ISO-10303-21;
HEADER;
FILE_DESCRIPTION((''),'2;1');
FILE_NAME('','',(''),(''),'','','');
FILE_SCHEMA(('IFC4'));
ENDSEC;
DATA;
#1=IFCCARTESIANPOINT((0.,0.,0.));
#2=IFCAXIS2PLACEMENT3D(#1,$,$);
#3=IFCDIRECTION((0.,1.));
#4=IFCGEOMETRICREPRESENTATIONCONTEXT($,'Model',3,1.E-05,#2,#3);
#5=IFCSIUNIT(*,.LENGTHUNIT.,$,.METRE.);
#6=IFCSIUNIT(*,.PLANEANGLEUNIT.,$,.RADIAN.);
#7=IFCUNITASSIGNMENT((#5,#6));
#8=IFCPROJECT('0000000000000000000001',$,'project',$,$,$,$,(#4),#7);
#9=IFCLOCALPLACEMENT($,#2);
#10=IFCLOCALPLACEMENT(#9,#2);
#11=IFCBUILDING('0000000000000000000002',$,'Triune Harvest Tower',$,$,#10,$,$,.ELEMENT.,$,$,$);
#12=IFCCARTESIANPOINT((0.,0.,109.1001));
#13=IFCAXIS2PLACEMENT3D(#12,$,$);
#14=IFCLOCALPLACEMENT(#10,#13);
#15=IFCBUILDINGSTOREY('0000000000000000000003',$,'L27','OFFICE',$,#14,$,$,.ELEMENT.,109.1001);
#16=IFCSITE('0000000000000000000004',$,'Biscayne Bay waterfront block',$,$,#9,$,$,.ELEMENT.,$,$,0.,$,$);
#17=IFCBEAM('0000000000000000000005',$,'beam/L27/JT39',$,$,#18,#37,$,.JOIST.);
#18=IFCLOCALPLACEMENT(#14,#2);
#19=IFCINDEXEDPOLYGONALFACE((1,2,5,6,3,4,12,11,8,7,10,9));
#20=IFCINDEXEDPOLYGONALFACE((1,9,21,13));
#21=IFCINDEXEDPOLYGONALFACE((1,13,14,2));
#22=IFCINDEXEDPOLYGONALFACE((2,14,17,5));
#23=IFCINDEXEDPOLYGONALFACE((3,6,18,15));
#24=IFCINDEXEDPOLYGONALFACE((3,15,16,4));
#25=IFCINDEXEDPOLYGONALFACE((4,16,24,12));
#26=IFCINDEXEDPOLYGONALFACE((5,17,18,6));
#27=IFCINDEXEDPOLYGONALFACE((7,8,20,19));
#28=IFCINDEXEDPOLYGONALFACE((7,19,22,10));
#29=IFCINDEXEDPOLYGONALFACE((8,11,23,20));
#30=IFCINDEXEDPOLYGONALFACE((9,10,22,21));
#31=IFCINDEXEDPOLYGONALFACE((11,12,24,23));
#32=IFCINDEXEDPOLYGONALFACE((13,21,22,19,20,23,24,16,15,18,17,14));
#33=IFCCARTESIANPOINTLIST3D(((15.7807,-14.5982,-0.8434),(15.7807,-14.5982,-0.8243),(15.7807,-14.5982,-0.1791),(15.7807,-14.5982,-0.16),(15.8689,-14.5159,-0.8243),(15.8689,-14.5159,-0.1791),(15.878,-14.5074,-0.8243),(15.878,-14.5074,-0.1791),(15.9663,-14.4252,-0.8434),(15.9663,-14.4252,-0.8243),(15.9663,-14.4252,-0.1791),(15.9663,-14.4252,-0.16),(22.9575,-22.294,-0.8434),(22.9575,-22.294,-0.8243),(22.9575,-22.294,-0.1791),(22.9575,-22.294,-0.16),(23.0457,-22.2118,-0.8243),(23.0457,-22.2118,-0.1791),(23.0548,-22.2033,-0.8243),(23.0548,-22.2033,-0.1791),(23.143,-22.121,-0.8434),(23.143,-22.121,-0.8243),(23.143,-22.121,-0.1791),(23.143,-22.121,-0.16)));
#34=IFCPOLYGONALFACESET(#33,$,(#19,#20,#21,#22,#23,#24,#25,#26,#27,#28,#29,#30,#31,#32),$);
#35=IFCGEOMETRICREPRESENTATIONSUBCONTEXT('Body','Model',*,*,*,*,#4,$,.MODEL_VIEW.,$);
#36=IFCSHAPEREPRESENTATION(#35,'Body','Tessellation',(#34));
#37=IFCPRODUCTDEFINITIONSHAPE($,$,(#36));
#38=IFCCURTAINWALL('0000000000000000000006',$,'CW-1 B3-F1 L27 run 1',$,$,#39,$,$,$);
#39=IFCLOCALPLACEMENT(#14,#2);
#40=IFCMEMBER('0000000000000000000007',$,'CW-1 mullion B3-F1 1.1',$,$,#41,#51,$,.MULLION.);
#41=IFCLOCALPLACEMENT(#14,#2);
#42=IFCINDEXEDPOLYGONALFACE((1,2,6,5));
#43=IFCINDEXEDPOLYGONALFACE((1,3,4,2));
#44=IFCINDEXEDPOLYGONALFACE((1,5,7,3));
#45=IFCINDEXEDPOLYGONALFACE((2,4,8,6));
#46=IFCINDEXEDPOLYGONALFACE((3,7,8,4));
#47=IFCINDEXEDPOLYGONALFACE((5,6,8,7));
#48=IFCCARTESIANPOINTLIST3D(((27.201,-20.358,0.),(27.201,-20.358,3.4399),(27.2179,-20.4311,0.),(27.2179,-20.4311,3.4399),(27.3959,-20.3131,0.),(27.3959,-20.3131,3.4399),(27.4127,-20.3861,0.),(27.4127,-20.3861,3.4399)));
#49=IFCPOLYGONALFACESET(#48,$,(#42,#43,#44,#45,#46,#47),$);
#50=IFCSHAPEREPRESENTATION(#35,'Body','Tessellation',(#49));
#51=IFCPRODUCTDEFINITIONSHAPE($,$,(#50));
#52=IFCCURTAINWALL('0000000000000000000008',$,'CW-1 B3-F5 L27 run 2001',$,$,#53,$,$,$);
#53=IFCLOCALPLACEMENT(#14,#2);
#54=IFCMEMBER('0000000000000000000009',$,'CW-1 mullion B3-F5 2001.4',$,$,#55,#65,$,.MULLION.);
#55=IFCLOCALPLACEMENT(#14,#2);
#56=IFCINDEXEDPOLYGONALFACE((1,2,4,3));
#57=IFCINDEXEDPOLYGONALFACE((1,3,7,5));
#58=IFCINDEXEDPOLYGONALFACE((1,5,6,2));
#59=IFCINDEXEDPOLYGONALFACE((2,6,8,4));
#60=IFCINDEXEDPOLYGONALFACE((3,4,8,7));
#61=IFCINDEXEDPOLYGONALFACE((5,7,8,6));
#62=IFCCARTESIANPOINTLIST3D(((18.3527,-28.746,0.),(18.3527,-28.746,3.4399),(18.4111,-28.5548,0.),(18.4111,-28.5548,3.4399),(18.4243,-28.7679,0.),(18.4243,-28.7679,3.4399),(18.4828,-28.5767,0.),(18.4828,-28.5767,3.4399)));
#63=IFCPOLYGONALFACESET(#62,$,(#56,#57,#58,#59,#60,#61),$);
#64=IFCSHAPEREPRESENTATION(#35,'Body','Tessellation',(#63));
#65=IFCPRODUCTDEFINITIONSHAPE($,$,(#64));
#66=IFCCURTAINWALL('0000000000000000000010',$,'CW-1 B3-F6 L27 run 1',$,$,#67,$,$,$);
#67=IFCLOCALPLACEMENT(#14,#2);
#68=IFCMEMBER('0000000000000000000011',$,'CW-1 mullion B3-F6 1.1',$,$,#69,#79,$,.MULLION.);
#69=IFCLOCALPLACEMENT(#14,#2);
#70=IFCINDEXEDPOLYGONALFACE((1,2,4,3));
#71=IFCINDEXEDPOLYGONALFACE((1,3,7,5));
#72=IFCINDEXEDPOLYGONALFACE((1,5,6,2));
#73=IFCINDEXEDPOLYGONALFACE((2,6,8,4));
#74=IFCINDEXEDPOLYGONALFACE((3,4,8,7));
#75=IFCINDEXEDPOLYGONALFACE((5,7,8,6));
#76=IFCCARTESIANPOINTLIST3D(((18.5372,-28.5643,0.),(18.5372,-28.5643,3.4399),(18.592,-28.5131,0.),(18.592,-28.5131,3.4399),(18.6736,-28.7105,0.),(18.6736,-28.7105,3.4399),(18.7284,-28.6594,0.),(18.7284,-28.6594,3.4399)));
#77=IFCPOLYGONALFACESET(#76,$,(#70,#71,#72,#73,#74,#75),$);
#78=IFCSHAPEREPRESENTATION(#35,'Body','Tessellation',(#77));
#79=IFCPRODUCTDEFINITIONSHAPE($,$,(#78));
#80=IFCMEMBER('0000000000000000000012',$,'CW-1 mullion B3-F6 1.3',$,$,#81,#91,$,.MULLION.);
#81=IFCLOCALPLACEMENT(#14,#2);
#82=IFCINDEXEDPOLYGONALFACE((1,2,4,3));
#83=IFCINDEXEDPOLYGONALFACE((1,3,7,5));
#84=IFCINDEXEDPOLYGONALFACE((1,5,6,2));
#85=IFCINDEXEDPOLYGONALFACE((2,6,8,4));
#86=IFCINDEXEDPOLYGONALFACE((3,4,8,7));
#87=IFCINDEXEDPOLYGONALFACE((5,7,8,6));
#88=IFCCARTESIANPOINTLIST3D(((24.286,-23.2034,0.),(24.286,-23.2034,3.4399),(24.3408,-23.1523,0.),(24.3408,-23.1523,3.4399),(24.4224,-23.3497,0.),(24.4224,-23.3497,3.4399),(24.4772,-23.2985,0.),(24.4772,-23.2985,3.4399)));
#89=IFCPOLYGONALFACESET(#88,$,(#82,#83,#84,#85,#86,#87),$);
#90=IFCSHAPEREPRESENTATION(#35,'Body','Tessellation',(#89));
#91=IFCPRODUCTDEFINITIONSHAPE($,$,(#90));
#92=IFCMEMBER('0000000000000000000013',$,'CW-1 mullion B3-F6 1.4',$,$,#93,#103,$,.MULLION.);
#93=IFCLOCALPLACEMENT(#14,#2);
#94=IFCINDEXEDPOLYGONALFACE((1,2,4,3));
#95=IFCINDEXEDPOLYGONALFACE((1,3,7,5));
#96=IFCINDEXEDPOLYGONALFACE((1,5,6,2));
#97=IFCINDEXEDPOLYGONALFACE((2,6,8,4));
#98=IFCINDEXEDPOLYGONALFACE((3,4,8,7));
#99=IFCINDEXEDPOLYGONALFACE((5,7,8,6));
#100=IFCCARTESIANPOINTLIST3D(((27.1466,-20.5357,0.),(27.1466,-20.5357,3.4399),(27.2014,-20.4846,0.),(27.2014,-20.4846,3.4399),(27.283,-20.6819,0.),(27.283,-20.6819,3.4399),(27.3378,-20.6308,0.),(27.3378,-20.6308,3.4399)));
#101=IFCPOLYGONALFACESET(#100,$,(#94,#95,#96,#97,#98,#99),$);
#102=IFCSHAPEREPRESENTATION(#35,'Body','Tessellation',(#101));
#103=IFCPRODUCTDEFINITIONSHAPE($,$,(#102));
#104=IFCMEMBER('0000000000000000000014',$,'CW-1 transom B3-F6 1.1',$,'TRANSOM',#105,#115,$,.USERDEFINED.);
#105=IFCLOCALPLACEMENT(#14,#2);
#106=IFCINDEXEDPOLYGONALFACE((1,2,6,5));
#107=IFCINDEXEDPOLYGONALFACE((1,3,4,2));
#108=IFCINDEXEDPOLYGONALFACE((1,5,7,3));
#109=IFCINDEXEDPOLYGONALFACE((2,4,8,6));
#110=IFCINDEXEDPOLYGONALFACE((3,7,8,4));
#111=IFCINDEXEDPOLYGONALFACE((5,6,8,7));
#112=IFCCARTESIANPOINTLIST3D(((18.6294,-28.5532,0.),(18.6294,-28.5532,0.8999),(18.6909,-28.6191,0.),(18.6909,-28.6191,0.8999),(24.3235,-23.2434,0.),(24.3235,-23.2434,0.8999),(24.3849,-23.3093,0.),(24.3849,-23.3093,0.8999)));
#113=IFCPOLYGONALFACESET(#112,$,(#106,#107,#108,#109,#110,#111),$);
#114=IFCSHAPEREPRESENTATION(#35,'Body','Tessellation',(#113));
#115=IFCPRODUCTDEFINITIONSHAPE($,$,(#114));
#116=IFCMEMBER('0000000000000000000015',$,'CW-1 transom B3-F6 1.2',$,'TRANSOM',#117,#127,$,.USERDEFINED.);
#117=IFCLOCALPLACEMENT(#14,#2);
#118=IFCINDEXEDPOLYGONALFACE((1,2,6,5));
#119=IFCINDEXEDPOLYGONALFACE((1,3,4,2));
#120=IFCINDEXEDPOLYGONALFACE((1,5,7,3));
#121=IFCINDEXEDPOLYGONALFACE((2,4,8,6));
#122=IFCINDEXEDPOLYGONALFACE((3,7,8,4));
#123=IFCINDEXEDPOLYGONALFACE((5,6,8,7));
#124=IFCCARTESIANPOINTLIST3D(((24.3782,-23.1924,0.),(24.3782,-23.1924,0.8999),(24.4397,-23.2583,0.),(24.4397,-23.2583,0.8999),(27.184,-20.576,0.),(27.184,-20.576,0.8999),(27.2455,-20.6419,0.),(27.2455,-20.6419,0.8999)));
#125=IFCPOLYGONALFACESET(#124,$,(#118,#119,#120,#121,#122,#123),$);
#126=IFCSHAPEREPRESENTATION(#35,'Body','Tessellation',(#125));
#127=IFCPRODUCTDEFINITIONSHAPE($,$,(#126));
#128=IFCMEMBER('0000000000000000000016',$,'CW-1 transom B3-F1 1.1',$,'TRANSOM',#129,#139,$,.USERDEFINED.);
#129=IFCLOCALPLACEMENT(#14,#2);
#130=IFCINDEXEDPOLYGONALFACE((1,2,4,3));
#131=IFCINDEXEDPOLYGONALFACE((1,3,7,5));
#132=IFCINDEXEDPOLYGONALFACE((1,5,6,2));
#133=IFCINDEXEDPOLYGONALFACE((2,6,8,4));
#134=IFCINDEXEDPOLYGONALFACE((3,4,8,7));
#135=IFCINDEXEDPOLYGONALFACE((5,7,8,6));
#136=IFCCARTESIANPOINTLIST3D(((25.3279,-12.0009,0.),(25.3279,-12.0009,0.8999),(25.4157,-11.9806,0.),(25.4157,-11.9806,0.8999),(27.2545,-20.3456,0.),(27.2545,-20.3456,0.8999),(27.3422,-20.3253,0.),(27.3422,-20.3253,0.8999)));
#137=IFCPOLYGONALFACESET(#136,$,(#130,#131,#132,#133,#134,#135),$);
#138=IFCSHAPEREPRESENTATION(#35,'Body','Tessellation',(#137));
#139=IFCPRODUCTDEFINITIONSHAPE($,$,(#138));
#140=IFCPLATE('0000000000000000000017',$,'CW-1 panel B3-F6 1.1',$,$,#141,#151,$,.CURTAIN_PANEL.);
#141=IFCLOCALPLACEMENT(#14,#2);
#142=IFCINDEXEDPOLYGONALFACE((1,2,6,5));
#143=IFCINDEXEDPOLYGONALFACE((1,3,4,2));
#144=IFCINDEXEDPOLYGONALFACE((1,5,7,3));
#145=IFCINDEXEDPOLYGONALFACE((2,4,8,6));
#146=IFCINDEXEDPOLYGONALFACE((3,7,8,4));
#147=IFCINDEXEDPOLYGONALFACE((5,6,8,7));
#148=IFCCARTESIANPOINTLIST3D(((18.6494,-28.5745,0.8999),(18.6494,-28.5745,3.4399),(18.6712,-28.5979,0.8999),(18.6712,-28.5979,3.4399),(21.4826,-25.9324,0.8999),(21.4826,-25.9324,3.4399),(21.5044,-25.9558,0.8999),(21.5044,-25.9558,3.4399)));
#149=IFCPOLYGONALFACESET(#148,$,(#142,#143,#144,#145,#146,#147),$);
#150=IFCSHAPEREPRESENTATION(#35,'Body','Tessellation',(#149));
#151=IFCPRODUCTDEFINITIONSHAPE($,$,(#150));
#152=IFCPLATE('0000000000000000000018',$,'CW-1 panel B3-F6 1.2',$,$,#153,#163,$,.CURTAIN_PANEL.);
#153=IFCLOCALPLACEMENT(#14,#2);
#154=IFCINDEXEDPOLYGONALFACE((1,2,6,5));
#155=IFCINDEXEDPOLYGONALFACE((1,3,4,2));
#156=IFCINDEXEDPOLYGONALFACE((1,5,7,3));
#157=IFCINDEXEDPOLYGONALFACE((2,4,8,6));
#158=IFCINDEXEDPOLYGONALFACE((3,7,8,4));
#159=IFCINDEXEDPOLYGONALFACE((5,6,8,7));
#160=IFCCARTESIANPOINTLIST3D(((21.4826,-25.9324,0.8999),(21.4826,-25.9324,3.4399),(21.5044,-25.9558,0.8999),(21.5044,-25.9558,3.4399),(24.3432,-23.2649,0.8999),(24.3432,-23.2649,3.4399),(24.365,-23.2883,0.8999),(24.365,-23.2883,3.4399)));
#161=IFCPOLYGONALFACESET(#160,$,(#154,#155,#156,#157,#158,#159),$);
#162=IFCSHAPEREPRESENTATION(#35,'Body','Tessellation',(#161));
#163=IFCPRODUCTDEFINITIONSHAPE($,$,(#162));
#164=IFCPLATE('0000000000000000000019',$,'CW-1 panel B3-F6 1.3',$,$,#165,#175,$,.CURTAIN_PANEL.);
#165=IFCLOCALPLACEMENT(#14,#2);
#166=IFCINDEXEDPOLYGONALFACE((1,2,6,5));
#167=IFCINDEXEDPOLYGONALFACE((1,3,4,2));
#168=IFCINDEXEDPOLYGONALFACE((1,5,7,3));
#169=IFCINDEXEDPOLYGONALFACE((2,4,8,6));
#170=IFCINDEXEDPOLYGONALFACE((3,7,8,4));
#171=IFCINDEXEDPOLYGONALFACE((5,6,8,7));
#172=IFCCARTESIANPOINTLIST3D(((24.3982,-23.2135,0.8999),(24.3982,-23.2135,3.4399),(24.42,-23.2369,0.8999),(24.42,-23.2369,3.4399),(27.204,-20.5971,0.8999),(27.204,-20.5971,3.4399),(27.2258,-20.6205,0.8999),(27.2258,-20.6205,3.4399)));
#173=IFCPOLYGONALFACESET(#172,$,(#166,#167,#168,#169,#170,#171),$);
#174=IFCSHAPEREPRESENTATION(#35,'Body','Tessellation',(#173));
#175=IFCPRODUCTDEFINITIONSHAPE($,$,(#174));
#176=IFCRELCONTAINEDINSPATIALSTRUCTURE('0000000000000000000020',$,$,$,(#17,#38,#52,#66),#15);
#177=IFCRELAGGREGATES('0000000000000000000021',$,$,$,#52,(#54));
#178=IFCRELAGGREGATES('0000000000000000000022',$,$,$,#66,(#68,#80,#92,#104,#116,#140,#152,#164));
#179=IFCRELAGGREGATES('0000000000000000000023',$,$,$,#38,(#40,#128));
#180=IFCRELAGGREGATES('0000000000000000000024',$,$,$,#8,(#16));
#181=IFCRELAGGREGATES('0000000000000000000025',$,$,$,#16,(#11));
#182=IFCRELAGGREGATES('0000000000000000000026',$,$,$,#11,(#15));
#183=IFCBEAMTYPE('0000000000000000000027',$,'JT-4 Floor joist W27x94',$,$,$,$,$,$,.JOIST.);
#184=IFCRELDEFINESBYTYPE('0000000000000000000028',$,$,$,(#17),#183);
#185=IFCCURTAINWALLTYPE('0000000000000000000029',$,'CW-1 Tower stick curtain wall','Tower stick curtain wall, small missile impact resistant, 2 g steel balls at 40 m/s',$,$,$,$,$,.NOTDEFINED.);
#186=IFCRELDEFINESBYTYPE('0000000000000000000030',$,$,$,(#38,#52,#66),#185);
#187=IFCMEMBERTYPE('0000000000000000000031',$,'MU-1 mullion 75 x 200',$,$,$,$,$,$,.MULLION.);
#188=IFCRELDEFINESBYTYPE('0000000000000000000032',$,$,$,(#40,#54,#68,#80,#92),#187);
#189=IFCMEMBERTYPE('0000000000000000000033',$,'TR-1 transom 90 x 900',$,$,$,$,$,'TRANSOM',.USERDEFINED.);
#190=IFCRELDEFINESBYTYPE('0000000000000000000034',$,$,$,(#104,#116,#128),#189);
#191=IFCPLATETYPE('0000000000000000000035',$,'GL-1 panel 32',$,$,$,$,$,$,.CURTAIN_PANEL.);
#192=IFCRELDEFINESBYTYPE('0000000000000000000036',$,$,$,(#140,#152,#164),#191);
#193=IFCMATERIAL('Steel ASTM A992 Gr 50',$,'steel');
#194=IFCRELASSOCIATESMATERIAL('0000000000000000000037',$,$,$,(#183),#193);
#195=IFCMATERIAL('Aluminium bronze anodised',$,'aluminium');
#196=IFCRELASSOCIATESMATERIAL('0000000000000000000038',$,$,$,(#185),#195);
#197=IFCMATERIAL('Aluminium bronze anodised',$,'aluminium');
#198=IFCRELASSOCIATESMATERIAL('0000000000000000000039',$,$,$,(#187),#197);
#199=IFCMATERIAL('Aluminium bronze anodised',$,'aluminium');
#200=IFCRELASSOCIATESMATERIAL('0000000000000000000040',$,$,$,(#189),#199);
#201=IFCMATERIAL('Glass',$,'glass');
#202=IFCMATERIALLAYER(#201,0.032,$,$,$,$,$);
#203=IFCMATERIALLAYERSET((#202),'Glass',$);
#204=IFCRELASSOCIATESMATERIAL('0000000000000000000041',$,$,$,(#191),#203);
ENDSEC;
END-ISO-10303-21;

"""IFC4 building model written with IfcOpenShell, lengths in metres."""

from ifc_helpers import new_model, si_unit, direction, frame, origin, origin_2d, place, context, subcontext, project, spatial, rectangle, i_section, extrude, source, transform, mapped, material, layer, layer_set, material_profile, profile_set, type_object, element, aggregate, save


model = new_model("IFC4")

# Units and contexts
model_context = context("Model", 3, precision=1e-05, world=origin(), true_north=direction((0.0, 1.0)))
body_context = subcontext(model_context, "Body", "Model", "MODEL_VIEW")
ifc_project = project(units=[si_unit("LENGTHUNIT", "METRE"), si_unit("PLANEANGLEUNIT", "RADIAN")], contexts=[model_context])

# Site, building, storey
site_placement = place(None, origin())
site = spatial("IfcSite", under=ifc_project, at=site_placement, Name="Biscayne Bay waterfront block", CompositionType="ELEMENT", RefElevation=0.0)
building_placement = place(site_placement, origin())
building = spatial("IfcBuilding", under=site, at=building_placement, Name="Triune Harvest Tower", CompositionType="ELEMENT")
storey_placement = place(building_placement, frame((0.0, 0.0, 109.1001)))
storey = spatial("IfcBuildingStorey", under=building, at=storey_placement, Name="L27", Description="OFFICE", CompositionType="ELEMENT", Elevation=109.1001)

# Beam
ifc_material_1 = material(Name="Steel ASTM A992 Gr 50", Category="steel")
ifc_material_profile_1 = material_profile(ifc_material_1, i_section(OverallWidth=0.2537, OverallDepth=0.6833, WebThickness=0.0125, FlangeThickness=0.019, at=origin_2d()), Name="W27x94")
ifc_profile_set_1 = profile_set([ifc_material_profile_1], Name="Steel ASTM A992 Gr 50")
beam_type_1 = type_object("IfcBeamType", Name="JT-4 Floor joist W27x94", PredefinedType="JOIST", material=ifc_profile_set_1)
shared_shape_1 = source(origin(), body_context, "Body", "SweptSolid", [
    extrude(i_section(OverallWidth=0.2537, OverallDepth=0.6833, WebThickness=0.0125, FlangeThickness=0.019, at=origin_2d()), origin(), (0.0, 0.0, 1.0), 10.5229),
])
beam_1_placement = place(storey_placement, frame((23.0503, -22.2075, -0.5017), z_axis=(-0.682014, 0.731339, 0.0), x_axis=(-0.731339, -0.682014, 0.0)))
element("IfcBeam", 1, at=beam_1_placement, inside=storey, type_object=beam_type_1, Name="beam/L27/JT39", PredefinedType="JOIST", context=body_context, shape_type="MappedRepresentation", body=[
    mapped(shared_shape_1, transform((0.0, 0.0, 0.0), scale=1.0)),
])

# Curtain walls, members
ifc_material_2 = material(Name="Aluminium bronze anodised", Category="aluminium")
curtain_wall_type = type_object("IfcCurtainWallType", Name="CW-1 Tower stick curtain wall", Description="Tower stick curtain wall, small missile impact resistant, 2 g steel balls at 40 m/s", PredefinedType="NOTDEFINED", material=ifc_material_2)
curtain_wall_1_placement = place(storey_placement, origin())
curtain_wall_1 = element("IfcCurtainWall", 2, at=curtain_wall_1_placement, inside=storey, type_object=curtain_wall_type, Name="CW-1 B3-F1 L27 run 1")
ifc_material_3 = material(Name="Aluminium bronze anodised", Category="aluminium")
ifc_material_profile_2 = material_profile(ifc_material_3, rectangle(XDim=0.2, YDim=0.075, at=origin_2d()), Name="MU-1 mullion 75 x 200")
ifc_profile_set_2 = profile_set([ifc_material_profile_2], Name="Aluminium bronze anodised")
member_type_1 = type_object("IfcMemberType", Name="MU-1 mullion 75 x 200", PredefinedType="MULLION", material=ifc_profile_set_2)
shared_shape_2 = source(origin(), body_context, "Body", "SweptSolid", [
    extrude(rectangle(XDim=0.2, YDim=0.075, at=origin_2d()), origin(), (0.0, 0.0, 1.0), 3.4399),
])
member_1_placement = place(storey_placement, frame((27.3069, -20.3721, 0.0), z_axis=(0.0, 0.0, 1.0), x_axis=(-0.97437, -0.224951, 0.0)))
member_1 = element("IfcMember", 3, at=member_1_placement, type_object=member_type_1, Name="CW-1 mullion B3-F1 1.1", PredefinedType="MULLION", context=body_context, shape_type="MappedRepresentation", body=[
    mapped(shared_shape_2, transform((0.0, 0.0, 0.0), scale=1.0)),
])
curtain_wall_2_placement = place(storey_placement, origin())
curtain_wall_2 = element("IfcCurtainWall", 4, at=curtain_wall_2_placement, inside=storey, type_object=curtain_wall_type, Name="CW-1 B3-F5 L27 run 2001")
member_2_placement = place(storey_placement, frame((18.4177, -28.6614, 0.0), z_axis=(0.0, 0.0, 1.0), x_axis=(0.292374, 0.956304, 0.0)))
member_2 = element("IfcMember", 5, at=member_2_placement, type_object=member_type_1, Name="CW-1 mullion B3-F5 2001.4", PredefinedType="MULLION", context=body_context, shape_type="MappedRepresentation", body=[
    mapped(shared_shape_2, transform((0.0, 0.0, 0.0), scale=1.0)),
])
aggregate(curtain_wall_2, [member_2])

# Curtain wall, members
curtain_wall_3_placement = place(storey_placement, origin())
curtain_wall_3 = element("IfcCurtainWall", 6, at=curtain_wall_3_placement, inside=storey, type_object=curtain_wall_type, Name="CW-1 B3-F6 L27 run 1")
member_3_placement = place(storey_placement, frame((18.6328, -28.6118, 0.0), z_axis=(0.0, 0.0, 1.0), x_axis=(-0.682002, 0.73135, 0.0)))
member_3 = element("IfcMember", 7, at=member_3_placement, type_object=member_type_1, Name="CW-1 mullion B3-F6 1.1", PredefinedType="MULLION", context=body_context, shape_type="MappedRepresentation", body=[
    mapped(shared_shape_2, transform((0.0, 0.0, 0.0), scale=1.0)),
])
member_4_placement = place(storey_placement, frame((24.3816, -23.251, 0.0), z_axis=(0.0, 0.0, 1.0), x_axis=(-0.682002, 0.73135, 0.0)))
member_4 = element("IfcMember", 8, at=member_4_placement, type_object=member_type_1, Name="CW-1 mullion B3-F6 1.3", PredefinedType="MULLION", context=body_context, shape_type="MappedRepresentation", body=[
    mapped(shared_shape_2, transform((0.0, 0.0, 0.0), scale=1.0)),
])
member_5_placement = place(storey_placement, frame((27.2422, -20.5833, 0.0), z_axis=(0.0, 0.0, 1.0), x_axis=(-0.682002, 0.73135, 0.0)))
member_5 = element("IfcMember", 9, at=member_5_placement, type_object=member_type_1, Name="CW-1 mullion B3-F6 1.4", PredefinedType="MULLION", context=body_context, shape_type="MappedRepresentation", body=[
    mapped(shared_shape_2, transform((0.0, 0.0, 0.0), scale=1.0)),
])
ifc_material_4 = material(Name="Aluminium bronze anodised", Category="aluminium")
ifc_material_profile_3 = material_profile(ifc_material_4, rectangle(XDim=0.0901, YDim=0.8999, at=origin_2d()), Name="TR-1 transom 90 x 900")
ifc_profile_set_3 = profile_set([ifc_material_profile_3], Name="Aluminium bronze anodised")
member_type_2 = type_object("IfcMemberType", Name="TR-1 transom 90 x 900", ElementType="TRANSOM", PredefinedType="USERDEFINED", material=ifc_profile_set_3)
shared_shape_3 = source(origin(), body_context, "Body", "SweptSolid", [
    extrude(rectangle(XDim=0.0901, YDim=0.8999, at=origin_2d()), origin(), (0.0, 0.0, 1.0), 7.7856),
])
member_6_placement = place(storey_placement, frame((18.6602, -28.5862, 0.45), z_axis=(0.731354, 0.681998, 0.0), x_axis=(-0.681998, 0.731354, 0.0)))
member_6 = element("IfcMember", 10, at=member_6_placement, type_object=member_type_2, Name="CW-1 transom B3-F6 1.1", ObjectType="TRANSOM", PredefinedType="USERDEFINED", context=body_context, shape_type="MappedRepresentation", body=[
    mapped(shared_shape_3, transform((0.0, 0.0, 0.0), scale=1.0)),
])
shared_shape_4 = source(origin(), body_context, "Body", "SweptSolid", [
    extrude(rectangle(XDim=0.0901, YDim=0.8999, at=origin_2d()), origin(), (0.0, 0.0, 1.0), 3.8364),
])
member_7_placement = place(storey_placement, frame((24.4089, -23.2253, 0.45), z_axis=(0.731366, 0.681985, 0.0), x_axis=(-0.681985, 0.731366, 0.0)))
member_7 = element("IfcMember", 11, at=member_7_placement, type_object=member_type_2, Name="CW-1 transom B3-F6 1.2", ObjectType="TRANSOM", PredefinedType="USERDEFINED", context=body_context, shape_type="MappedRepresentation", body=[
    mapped(shared_shape_4, transform((0.0, 0.0, 0.0), scale=1.0)),
])

# Member
shared_shape_5 = source(origin(), body_context, "Body", "SweptSolid", [
    extrude(rectangle(XDim=0.0901, YDim=0.8999, at=origin_2d()), origin(), (0.0, 0.0, 1.0), 8.5642),
])
member_8_placement = place(storey_placement, frame((27.2983, -20.3354, 0.45), z_axis=(-0.224949, 0.974371, 0.0), x_axis=(-0.974371, -0.224949, 0.0)))
member_8 = element("IfcMember", 12, at=member_8_placement, type_object=member_type_2, Name="CW-1 transom B3-F1 1.1", ObjectType="TRANSOM", PredefinedType="USERDEFINED", context=body_context, shape_type="MappedRepresentation", body=[
    mapped(shared_shape_5, transform((0.0, 0.0, 0.0), scale=1.0)),
])

# Plates
ifc_material_5 = material(Name="Glass", Category="glass")
ifc_layer_1 = layer(ifc_material_5, 0.032)
ifc_layer_set_1 = layer_set([ifc_layer_1], Name="Glass")
plate_type = type_object("IfcPlateType", Name="GL-1 panel 32", PredefinedType="CURTAIN_PANEL", material=ifc_layer_set_1)
shared_shape_6 = source(origin(), body_context, "Body", "SweptSolid", [
    extrude(rectangle(XDim=3.874, YDim=0.032, at=origin_2d()), origin(), (0.0, 0.0, 1.0), 2.54),
])
plate_1_placement = place(storey_placement, frame((20.0769, -27.2651, 0.8999), z_axis=(0.0, 0.0, 1.0), x_axis=(0.73135, 0.682002, 0.0)))
plate_1 = element("IfcPlate", 13, at=plate_1_placement, type_object=plate_type, Name="CW-1 panel B3-F6 1.1", PredefinedType="CURTAIN_PANEL", context=body_context, shape_type="MappedRepresentation", body=[
    mapped(shared_shape_6, transform((0.0, 0.0, 0.0), scale=1.0)),
])
shared_shape_7 = source(origin(), body_context, "Body", "SweptSolid", [
    extrude(rectangle(XDim=3.9114, YDim=0.032, at=origin_2d()), origin(), (0.0, 0.0, 1.0), 2.54),
])
plate_2_placement = place(storey_placement, frame((22.9238, -24.6104, 0.8999), z_axis=(0.0, 0.0, 1.0), x_axis=(0.73135, 0.682002, 0.0)))
plate_2 = element("IfcPlate", 14, at=plate_2_placement, type_object=plate_type, Name="CW-1 panel B3-F6 1.2", PredefinedType="CURTAIN_PANEL", context=body_context, shape_type="MappedRepresentation", body=[
    mapped(shared_shape_7, transform((0.0, 0.0, 0.0), scale=1.0)),
])
shared_shape_8 = source(origin(), body_context, "Body", "SweptSolid", [
    extrude(rectangle(XDim=3.8364, YDim=0.032, at=origin_2d()), origin(), (0.0, 0.0, 1.0), 2.54),
])
plate_3_placement = place(storey_placement, frame((25.812, -21.917, 0.8999), z_axis=(0.0, 0.0, 1.0), x_axis=(0.73135, 0.682002, 0.0)))
plate_3 = element("IfcPlate", 15, at=plate_3_placement, type_object=plate_type, Name="CW-1 panel B3-F6 1.3", PredefinedType="CURTAIN_PANEL", context=body_context, shape_type="MappedRepresentation", body=[
    mapped(shared_shape_8, transform((0.0, 0.0, 0.0), scale=1.0)),
])
aggregate(curtain_wall_3, [member_3, member_4, member_5, member_6, member_7, plate_1, plate_2, plate_3])
aggregate(curtain_wall_1, [member_1, member_8])

save(model, "model.ifc")
